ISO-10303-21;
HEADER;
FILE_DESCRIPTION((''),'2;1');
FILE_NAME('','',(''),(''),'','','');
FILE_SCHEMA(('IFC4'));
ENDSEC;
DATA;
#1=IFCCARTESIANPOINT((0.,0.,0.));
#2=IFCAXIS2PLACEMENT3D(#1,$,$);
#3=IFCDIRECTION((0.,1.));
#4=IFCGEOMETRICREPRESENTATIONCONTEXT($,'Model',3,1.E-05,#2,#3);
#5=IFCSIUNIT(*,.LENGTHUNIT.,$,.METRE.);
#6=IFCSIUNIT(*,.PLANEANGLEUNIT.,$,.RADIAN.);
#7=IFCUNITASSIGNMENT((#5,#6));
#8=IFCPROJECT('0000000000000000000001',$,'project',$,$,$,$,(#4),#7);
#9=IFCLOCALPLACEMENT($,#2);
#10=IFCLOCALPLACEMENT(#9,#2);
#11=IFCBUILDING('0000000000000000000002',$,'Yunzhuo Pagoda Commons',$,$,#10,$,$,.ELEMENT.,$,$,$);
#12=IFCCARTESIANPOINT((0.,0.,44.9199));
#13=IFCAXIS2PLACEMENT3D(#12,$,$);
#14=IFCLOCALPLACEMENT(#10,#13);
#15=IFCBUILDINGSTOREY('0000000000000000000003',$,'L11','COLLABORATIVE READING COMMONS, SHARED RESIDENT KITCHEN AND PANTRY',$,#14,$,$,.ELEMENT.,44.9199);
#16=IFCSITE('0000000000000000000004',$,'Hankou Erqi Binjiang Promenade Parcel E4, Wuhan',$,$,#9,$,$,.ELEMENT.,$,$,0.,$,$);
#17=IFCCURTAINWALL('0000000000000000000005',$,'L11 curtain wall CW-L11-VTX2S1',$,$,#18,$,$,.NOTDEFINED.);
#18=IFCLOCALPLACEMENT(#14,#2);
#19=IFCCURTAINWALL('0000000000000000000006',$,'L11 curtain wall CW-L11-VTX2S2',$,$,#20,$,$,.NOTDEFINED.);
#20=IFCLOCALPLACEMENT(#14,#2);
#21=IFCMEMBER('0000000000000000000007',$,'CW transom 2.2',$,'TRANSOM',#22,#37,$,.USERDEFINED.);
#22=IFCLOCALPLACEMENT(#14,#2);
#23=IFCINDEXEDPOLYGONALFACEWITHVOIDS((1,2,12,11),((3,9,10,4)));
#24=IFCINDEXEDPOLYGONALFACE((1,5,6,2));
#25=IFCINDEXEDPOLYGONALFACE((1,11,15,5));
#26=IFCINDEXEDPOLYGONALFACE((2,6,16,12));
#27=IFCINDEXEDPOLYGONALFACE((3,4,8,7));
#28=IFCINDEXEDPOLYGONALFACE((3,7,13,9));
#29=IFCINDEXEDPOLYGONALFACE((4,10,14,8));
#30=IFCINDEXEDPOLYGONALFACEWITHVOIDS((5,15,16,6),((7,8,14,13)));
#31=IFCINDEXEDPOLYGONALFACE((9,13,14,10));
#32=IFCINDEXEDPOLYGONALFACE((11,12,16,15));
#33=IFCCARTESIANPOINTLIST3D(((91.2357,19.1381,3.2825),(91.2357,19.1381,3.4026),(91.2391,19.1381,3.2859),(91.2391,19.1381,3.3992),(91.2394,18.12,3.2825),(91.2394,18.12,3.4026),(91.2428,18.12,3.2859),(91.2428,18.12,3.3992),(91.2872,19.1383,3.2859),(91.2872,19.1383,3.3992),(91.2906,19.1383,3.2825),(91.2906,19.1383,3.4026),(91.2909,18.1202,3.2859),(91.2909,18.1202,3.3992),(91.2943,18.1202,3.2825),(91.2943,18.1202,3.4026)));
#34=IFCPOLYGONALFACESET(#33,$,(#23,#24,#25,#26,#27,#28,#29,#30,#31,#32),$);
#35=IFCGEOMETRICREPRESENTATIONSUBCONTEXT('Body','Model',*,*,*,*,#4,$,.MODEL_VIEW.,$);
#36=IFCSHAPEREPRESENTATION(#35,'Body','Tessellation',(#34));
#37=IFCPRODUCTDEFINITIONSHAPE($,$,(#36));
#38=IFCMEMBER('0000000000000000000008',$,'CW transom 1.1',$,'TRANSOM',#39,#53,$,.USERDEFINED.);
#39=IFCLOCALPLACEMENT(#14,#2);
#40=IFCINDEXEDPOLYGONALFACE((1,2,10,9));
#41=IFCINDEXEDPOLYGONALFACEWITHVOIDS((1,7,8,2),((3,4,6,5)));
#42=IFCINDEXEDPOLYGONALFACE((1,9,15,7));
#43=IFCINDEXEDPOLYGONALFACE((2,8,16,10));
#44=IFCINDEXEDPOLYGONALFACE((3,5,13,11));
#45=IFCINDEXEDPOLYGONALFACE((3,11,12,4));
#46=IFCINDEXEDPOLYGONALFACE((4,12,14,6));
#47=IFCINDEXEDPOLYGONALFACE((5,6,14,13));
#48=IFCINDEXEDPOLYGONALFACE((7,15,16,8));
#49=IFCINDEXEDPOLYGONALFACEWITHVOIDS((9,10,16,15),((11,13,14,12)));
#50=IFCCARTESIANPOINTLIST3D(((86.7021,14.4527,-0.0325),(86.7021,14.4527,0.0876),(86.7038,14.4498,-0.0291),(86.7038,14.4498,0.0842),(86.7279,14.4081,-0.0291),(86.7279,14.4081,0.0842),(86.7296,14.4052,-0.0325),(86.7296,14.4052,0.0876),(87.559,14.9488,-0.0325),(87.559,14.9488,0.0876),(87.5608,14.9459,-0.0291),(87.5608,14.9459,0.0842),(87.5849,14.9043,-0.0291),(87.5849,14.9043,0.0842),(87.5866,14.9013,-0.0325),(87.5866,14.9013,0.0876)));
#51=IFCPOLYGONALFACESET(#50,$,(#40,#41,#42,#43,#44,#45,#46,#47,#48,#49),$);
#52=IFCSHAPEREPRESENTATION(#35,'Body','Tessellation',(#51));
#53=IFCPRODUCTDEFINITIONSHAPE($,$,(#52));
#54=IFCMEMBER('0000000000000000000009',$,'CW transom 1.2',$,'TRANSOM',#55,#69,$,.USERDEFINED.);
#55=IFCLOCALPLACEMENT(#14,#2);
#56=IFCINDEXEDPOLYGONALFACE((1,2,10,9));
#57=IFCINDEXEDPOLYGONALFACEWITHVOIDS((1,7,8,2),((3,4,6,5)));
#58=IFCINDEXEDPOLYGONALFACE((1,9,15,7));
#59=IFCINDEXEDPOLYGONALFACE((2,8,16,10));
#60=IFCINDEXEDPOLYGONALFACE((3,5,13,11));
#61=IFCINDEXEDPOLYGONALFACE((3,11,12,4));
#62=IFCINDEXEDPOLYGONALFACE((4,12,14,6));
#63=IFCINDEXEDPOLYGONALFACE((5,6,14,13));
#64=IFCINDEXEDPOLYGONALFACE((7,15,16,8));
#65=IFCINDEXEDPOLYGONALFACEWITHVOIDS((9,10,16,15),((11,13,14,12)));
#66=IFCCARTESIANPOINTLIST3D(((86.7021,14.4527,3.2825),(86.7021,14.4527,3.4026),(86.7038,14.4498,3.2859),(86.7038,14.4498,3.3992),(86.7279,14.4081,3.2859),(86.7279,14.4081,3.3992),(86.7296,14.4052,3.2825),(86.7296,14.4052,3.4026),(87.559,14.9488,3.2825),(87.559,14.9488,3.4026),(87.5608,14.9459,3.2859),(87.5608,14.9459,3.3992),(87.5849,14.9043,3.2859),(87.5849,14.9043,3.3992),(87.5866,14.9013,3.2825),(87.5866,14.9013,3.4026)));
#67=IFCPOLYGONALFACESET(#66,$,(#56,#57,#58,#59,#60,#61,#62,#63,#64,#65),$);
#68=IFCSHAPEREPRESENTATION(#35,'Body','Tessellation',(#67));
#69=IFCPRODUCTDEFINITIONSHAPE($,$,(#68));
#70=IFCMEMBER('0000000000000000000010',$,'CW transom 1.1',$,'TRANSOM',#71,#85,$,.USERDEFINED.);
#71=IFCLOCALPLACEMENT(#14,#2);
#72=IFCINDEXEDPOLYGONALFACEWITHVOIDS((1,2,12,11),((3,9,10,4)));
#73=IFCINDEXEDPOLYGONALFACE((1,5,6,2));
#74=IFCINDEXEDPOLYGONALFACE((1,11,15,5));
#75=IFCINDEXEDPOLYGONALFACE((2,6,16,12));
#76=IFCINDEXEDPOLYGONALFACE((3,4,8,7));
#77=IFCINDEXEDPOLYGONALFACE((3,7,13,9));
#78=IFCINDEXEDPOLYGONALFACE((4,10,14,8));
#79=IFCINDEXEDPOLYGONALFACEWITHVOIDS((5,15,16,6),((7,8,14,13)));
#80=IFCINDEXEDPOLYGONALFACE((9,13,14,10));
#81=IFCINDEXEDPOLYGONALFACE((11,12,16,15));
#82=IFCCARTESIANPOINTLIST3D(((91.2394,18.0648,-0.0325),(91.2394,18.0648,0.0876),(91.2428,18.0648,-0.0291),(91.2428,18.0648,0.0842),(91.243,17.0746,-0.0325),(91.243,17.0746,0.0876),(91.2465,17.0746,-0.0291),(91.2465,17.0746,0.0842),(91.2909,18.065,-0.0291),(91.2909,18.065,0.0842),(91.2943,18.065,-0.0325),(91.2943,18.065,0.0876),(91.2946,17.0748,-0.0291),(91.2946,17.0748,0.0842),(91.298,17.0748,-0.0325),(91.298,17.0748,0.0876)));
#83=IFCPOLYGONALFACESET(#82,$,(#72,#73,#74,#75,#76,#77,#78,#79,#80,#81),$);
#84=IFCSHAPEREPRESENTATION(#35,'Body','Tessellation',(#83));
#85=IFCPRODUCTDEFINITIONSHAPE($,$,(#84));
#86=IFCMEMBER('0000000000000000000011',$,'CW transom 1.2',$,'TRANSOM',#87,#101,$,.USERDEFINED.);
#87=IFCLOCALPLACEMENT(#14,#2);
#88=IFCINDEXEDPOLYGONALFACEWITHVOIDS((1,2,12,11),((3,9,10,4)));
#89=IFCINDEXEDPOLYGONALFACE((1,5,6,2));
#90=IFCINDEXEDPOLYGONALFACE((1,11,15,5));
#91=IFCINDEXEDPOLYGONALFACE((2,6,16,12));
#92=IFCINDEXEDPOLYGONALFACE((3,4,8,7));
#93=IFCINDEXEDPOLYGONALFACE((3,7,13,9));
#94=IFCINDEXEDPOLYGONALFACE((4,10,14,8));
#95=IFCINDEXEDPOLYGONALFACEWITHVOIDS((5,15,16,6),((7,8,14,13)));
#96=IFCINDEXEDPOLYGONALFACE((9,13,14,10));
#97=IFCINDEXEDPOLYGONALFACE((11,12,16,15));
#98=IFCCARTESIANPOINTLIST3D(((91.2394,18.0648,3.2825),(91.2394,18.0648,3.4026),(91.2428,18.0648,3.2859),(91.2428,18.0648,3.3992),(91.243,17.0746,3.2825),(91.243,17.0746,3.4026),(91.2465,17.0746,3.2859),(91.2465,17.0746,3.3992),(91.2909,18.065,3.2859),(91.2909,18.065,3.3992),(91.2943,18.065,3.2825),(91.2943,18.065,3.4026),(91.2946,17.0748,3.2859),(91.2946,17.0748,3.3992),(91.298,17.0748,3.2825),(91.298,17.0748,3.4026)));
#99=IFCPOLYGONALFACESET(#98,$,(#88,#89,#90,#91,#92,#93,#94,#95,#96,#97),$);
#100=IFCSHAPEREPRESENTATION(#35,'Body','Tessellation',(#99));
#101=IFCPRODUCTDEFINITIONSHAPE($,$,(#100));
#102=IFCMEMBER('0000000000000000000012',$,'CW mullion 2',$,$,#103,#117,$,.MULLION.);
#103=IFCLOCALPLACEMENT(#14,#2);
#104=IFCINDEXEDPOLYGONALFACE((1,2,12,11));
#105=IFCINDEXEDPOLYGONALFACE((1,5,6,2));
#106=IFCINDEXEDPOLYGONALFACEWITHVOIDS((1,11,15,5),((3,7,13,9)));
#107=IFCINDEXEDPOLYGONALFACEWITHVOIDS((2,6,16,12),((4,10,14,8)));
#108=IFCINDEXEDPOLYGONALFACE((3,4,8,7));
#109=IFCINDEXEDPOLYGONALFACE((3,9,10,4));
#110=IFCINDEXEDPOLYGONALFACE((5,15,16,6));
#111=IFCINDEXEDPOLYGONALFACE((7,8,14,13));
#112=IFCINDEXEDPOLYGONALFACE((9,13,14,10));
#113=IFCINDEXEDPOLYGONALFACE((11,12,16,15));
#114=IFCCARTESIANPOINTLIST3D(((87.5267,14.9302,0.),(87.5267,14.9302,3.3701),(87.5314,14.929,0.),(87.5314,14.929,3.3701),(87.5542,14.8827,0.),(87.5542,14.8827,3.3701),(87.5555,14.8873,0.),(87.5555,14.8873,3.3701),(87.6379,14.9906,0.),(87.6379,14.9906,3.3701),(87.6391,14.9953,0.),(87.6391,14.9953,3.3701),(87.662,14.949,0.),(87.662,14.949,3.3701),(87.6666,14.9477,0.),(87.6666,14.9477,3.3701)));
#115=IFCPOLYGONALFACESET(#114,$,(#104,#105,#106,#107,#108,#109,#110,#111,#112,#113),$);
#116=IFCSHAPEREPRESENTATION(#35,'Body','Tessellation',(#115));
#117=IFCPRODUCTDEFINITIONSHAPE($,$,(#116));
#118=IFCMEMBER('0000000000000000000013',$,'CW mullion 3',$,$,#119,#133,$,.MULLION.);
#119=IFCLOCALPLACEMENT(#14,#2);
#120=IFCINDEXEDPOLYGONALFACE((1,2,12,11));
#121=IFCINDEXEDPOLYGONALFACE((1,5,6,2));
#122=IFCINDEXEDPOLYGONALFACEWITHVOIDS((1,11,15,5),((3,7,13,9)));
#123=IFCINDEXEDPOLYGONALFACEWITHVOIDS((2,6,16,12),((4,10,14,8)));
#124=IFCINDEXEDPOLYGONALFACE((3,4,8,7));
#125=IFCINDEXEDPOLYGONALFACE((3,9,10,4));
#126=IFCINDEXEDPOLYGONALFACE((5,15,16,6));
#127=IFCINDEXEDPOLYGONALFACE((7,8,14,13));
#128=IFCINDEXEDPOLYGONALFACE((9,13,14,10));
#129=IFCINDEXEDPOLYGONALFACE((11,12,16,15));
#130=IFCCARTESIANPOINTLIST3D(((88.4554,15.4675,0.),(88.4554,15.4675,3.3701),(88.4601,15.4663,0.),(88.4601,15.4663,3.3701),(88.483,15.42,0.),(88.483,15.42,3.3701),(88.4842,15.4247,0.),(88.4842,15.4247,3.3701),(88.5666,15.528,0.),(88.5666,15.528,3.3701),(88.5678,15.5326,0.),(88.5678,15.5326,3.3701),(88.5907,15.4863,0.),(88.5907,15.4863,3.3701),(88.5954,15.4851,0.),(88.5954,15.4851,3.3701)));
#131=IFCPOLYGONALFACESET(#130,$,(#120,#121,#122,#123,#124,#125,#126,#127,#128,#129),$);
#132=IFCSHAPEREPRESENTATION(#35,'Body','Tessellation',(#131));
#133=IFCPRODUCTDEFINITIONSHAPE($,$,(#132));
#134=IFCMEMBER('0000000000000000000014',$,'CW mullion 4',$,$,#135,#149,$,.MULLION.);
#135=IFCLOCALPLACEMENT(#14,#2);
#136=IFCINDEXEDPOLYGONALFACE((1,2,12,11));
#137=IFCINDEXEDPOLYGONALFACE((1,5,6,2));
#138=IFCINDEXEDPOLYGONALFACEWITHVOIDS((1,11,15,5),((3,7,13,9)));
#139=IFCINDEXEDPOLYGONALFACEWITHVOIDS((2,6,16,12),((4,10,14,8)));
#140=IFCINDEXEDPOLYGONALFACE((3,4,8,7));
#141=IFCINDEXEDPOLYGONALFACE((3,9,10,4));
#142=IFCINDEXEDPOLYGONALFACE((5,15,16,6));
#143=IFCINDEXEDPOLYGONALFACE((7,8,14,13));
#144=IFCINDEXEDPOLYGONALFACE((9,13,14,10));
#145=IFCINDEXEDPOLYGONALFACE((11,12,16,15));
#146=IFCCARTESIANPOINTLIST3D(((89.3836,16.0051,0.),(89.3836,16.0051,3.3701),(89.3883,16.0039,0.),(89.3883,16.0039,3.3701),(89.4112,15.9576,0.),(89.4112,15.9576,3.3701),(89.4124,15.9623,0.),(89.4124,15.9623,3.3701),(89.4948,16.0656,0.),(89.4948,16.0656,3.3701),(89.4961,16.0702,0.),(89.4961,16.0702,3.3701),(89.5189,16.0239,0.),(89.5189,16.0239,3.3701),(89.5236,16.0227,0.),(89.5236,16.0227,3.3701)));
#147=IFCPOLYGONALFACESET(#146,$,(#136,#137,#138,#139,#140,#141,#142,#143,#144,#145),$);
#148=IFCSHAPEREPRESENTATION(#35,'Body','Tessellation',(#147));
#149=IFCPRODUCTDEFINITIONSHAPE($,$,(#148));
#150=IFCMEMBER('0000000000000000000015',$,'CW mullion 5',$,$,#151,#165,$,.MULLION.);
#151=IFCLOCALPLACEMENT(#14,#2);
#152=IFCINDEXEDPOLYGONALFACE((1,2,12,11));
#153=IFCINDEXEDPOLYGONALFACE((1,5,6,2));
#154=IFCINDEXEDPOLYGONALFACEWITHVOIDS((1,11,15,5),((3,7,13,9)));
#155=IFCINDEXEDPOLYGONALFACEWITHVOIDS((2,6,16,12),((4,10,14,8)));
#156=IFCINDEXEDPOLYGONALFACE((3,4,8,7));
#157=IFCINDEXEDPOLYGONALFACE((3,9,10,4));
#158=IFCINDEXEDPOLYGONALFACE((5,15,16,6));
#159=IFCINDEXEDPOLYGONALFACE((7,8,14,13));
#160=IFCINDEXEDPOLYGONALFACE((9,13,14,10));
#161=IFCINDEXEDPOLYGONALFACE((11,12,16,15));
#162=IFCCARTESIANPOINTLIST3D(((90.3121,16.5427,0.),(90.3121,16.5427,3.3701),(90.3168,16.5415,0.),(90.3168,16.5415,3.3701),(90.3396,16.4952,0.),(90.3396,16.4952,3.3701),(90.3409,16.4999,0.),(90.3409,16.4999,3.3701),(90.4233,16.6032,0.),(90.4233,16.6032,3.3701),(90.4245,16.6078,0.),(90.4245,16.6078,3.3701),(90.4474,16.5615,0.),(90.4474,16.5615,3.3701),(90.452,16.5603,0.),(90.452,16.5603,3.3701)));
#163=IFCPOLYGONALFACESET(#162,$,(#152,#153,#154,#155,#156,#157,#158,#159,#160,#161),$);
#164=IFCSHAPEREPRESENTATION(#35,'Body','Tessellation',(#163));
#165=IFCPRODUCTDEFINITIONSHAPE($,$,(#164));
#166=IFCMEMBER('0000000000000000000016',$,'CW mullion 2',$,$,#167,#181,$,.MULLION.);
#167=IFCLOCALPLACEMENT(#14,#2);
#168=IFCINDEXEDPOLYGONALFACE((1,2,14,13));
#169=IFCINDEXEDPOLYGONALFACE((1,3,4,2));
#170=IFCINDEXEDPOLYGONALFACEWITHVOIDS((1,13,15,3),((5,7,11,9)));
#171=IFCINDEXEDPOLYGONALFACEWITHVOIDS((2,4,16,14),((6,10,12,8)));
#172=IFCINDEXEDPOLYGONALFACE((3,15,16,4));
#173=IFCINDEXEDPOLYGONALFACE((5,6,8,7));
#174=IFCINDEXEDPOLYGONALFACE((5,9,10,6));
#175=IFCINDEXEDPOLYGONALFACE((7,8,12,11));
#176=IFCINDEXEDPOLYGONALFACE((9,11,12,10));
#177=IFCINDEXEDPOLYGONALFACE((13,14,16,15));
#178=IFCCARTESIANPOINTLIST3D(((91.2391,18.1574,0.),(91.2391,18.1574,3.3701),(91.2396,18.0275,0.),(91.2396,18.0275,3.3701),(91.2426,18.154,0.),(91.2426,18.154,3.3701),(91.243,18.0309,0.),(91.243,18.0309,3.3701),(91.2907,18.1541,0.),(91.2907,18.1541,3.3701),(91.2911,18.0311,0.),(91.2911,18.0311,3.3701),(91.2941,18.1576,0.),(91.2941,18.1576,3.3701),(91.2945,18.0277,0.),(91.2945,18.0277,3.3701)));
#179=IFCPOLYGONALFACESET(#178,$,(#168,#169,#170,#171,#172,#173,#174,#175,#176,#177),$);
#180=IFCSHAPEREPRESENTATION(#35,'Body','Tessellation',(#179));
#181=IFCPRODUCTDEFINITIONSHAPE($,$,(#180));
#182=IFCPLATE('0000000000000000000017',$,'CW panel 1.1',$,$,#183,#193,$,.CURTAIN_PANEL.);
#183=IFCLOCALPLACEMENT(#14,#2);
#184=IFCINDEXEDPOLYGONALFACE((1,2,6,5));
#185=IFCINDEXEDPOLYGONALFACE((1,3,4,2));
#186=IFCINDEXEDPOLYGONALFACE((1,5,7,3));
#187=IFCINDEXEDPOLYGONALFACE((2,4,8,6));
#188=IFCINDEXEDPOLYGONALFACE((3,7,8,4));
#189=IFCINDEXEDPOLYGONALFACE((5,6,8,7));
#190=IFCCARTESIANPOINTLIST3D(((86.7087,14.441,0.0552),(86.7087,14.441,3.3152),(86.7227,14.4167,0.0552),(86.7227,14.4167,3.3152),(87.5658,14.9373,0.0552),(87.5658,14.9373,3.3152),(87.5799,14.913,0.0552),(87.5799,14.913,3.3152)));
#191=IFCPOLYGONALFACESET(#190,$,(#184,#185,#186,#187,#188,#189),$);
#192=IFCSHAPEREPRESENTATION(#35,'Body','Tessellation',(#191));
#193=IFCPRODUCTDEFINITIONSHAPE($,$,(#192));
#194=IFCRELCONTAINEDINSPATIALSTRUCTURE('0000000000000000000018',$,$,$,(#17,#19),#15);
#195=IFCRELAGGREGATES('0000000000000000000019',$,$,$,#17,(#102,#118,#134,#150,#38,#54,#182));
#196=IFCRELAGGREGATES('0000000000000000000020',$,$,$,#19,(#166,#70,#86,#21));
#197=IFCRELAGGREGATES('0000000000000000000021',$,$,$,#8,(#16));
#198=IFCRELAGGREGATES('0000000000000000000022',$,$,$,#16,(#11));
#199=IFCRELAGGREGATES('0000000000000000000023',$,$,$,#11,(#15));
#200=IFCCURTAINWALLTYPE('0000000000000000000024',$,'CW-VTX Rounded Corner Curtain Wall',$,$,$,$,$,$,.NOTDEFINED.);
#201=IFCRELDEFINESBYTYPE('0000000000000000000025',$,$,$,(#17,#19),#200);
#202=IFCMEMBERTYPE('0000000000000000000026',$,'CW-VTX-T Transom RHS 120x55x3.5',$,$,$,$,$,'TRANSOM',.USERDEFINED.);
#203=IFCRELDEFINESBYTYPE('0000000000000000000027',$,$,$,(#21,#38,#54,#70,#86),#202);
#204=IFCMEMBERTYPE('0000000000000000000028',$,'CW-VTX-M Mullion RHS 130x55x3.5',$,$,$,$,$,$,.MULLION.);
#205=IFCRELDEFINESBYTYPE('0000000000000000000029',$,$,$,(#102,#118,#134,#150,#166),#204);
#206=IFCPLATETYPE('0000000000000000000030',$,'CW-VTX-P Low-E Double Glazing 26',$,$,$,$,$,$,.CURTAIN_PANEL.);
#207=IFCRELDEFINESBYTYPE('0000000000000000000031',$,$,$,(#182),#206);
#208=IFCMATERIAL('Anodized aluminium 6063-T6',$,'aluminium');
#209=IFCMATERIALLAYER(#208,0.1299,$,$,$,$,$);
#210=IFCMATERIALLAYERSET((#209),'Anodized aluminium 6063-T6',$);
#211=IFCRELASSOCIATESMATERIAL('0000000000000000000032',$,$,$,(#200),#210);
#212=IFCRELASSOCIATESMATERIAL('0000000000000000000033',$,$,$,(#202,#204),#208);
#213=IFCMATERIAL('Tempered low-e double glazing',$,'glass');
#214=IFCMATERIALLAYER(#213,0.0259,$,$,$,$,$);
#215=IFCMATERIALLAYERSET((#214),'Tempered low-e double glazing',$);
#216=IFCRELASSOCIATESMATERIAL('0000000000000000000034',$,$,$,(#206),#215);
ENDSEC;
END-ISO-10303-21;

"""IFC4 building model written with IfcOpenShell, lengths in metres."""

from ifc_helpers import new_model, si_unit, direction, frame, origin, origin_2d, place, context, subcontext, project, spatial, rectangle, hollow_rectangle, extrude, source, transform, mapped, material, layer, layer_set, material_profile, profile_set, type_object, element, aggregate, save


model = new_model("IFC4")

# Units and contexts
model_context = context("Model", 3, precision=1e-05, world=origin(), true_north=direction((0.0, 1.0)))
body_context = subcontext(model_context, "Body", "Model", "MODEL_VIEW")
ifc_project = project(units=[si_unit("LENGTHUNIT", "METRE"), si_unit("PLANEANGLEUNIT", "RADIAN")], contexts=[model_context])

# Site, building, storey
site_placement = place(None, origin())
site = spatial("IfcSite", under=ifc_project, at=site_placement, Name="Hankou Erqi Binjiang Promenade Parcel E4, Wuhan", CompositionType="ELEMENT", RefElevation=0.0)
building_placement = place(site_placement, origin())
building = spatial("IfcBuilding", under=site, at=building_placement, Name="Yunzhuo Pagoda Commons", CompositionType="ELEMENT")
storey_placement = place(building_placement, frame((0.0, 0.0, 44.9199)))
storey = spatial("IfcBuildingStorey", under=building, at=storey_placement, Name="L11", Description="COLLABORATIVE READING COMMONS, SHARED RESIDENT KITCHEN AND PANTRY", CompositionType="ELEMENT", Elevation=44.9199)

# Shared definitions
ifc_material_1 = material(Name="Anodized aluminium 6063-T6", Category="aluminium")

# Curtain walls, member
ifc_layer_1 = layer(ifc_material_1, 0.1299)
ifc_layer_set_1 = layer_set([ifc_layer_1], Name="Anodized aluminium 6063-T6")
curtain_wall_type_1 = type_object("IfcCurtainWallType", Name="CW-VTX Rounded Corner Curtain Wall", PredefinedType="NOTDEFINED", material=ifc_layer_set_1)
curtain_wall_1_placement = place(storey_placement, origin())
curtain_wall_1 = element("IfcCurtainWall", 1, at=curtain_wall_1_placement, inside=storey, type_object=curtain_wall_type_1, Name="L11 curtain wall CW-L11-VTX2S1", PredefinedType="NOTDEFINED")
ifc_material_profile_1 = material_profile(ifc_material_1, hollow_rectangle(XDim=0.0549, YDim=0.1201, WallThickness=0.0034, at=origin_2d()), Name="Anodized aluminium 6063-T6")
ifc_profile_set_1 = profile_set([ifc_material_profile_1], Name="Anodized aluminium 6063-T6")
member_type_1 = type_object("IfcMemberType", Name="CW-VTX-T Transom RHS 120x55x3.5", ElementType="TRANSOM", PredefinedType="USERDEFINED", material=ifc_profile_set_1)
shared_shape_1 = source(origin(), body_context, "Body", "SweptSolid", [
    extrude(hollow_rectangle(XDim=0.0549, YDim=0.1201, WallThickness=0.0034, at=origin_2d()), origin(), (0.0, 0.0, 1.0), 1.0181),
])
curtain_wall_2_placement = place(storey_placement, origin())
curtain_wall_2 = element("IfcCurtainWall", 2, at=curtain_wall_2_placement, inside=storey, type_object=curtain_wall_type_1, Name="L11 curtain wall CW-L11-VTX2S2", PredefinedType="NOTDEFINED")
member_1_placement = place(storey_placement, frame((91.2668, 18.1201, 3.3425), z_axis=(-0.003597, 0.999994, 0.0), x_axis=(-0.999994, -0.003597, 0.0)))
member_1 = element("IfcMember", 3, at=member_1_placement, type_object=member_type_1, Name="CW transom 2.2", ObjectType="TRANSOM", PredefinedType="USERDEFINED", context=body_context, shape_type="MappedRepresentation", body=[
    mapped(shared_shape_1, transform((0.0, 0.0, 0.0), scale=1.0)),
])

# Members
shared_shape_2 = source(origin(), body_context, "Body", "SweptSolid", [
    extrude(hollow_rectangle(XDim=0.0549, YDim=0.1201, WallThickness=0.0034, at=origin_2d()), origin(), (0.0, 0.0, 1.0), 0.9902),
])
member_2_placement = place(storey_placement, frame((86.7158, 14.429, 0.0276), z_axis=(0.865438, 0.501017, 0.0), x_axis=(-0.501017, 0.865438, 0.0)))
member_2 = element("IfcMember", 4, at=member_2_placement, type_object=member_type_1, Name="CW transom 1.1", ObjectType="TRANSOM", PredefinedType="USERDEFINED", context=body_context, shape_type="MappedRepresentation", body=[
    mapped(shared_shape_2, transform((0.0, 0.0, 0.0), scale=1.0)),
])
member_3_placement = place(storey_placement, frame((86.7158, 14.429, 3.3425), z_axis=(0.865438, 0.501017, 0.0), x_axis=(-0.501017, 0.865438, 0.0)))
member_3 = element("IfcMember", 5, at=member_3_placement, type_object=member_type_1, Name="CW transom 1.2", ObjectType="TRANSOM", PredefinedType="USERDEFINED", context=body_context, shape_type="MappedRepresentation", body=[
    mapped(shared_shape_2, transform((0.0, 0.0, 0.0), scale=1.0)),
])
member_4_placement = place(storey_placement, frame((91.2705, 17.0747, 0.0276), z_axis=(-0.003698, 0.999993, 0.0), x_axis=(-0.999993, -0.003698, 0.0)))
member_4 = element("IfcMember", 6, at=member_4_placement, type_object=member_type_1, Name="CW transom 1.1", ObjectType="TRANSOM", PredefinedType="USERDEFINED", context=body_context, shape_type="MappedRepresentation", body=[
    mapped(shared_shape_2, transform((0.0, 0.0, 0.0), scale=1.0)),
])
member_5_placement = place(storey_placement, frame((91.2705, 17.0747, 3.3425), z_axis=(-0.003698, 0.999993, 0.0), x_axis=(-0.999993, -0.003698, 0.0)))
member_5 = element("IfcMember", 7, at=member_5_placement, type_object=member_type_1, Name="CW transom 1.2", ObjectType="TRANSOM", PredefinedType="USERDEFINED", context=body_context, shape_type="MappedRepresentation", body=[
    mapped(shared_shape_2, transform((0.0, 0.0, 0.0), scale=1.0)),
])
ifc_material_profile_2 = material_profile(ifc_material_1, hollow_rectangle(XDim=0.0549, YDim=0.1299, WallThickness=0.0034, at=origin_2d()), Name="Anodized aluminium 6063-T6")
ifc_profile_set_2 = profile_set([ifc_material_profile_2], Name="Anodized aluminium 6063-T6")
member_type_2 = type_object("IfcMemberType", Name="CW-VTX-M Mullion RHS 130x55x3.5", PredefinedType="MULLION", material=ifc_profile_set_2)
shared_shape_3 = source(origin(), body_context, "Body", "SweptSolid", [
    extrude(hollow_rectangle(XDim=0.0549, YDim=0.1299, WallThickness=0.0034, at=origin_2d()), origin(), (0.0, 0.0, 1.0), 3.3701),
])
member_6_placement = place(storey_placement, frame((87.5967, 14.939, 0.0), z_axis=(0.0, 0.0, 1.0), x_axis=(-0.501041, 0.865423, 0.0)))
member_6 = element("IfcMember", 8, at=member_6_placement, type_object=member_type_2, Name="CW mullion 2", PredefinedType="MULLION", context=body_context, shape_type="MappedRepresentation", body=[
    mapped(shared_shape_3, transform((0.0, 0.0, 0.0), scale=1.0)),
])
member_7_placement = place(storey_placement, frame((88.5254, 15.4763, 0.0), z_axis=(0.0, 0.0, 1.0), x_axis=(-0.501041, 0.865423, 0.0)))
member_7 = element("IfcMember", 9, at=member_7_placement, type_object=member_type_2, Name="CW mullion 3", PredefinedType="MULLION", context=body_context, shape_type="MappedRepresentation", body=[
    mapped(shared_shape_3, transform((0.0, 0.0, 0.0), scale=1.0)),
])
member_8_placement = place(storey_placement, frame((89.4536, 16.0139, 0.0), z_axis=(0.0, 0.0, 1.0), x_axis=(-0.501041, 0.865423, 0.0)))
member_8 = element("IfcMember", 10, at=member_8_placement, type_object=member_type_2, Name="CW mullion 4", PredefinedType="MULLION", context=body_context, shape_type="MappedRepresentation", body=[
    mapped(shared_shape_3, transform((0.0, 0.0, 0.0), scale=1.0)),
])
member_9_placement = place(storey_placement, frame((90.3821, 16.5515, 0.0), z_axis=(0.0, 0.0, 1.0), x_axis=(-0.501041, 0.865423, 0.0)))
member_9 = element("IfcMember", 11, at=member_9_placement, type_object=member_type_2, Name="CW mullion 5", PredefinedType="MULLION", context=body_context, shape_type="MappedRepresentation", body=[
    mapped(shared_shape_3, transform((0.0, 0.0, 0.0), scale=1.0)),
])
member_10_placement = place(storey_placement, frame((91.2668, 18.0925, 0.0), z_axis=(0.0, 0.0, 1.0), x_axis=(-0.999994, -0.003579, 0.0)))
member_10 = element("IfcMember", 12, at=member_10_placement, type_object=member_type_2, Name="CW mullion 2", PredefinedType="MULLION", context=body_context, shape_type="MappedRepresentation", body=[
    mapped(shared_shape_3, transform((0.0, 0.0, 0.0), scale=1.0)),
])

# Plate
ifc_material_2 = material(Name="Tempered low-e double glazing", Category="glass")
ifc_layer_2 = layer(ifc_material_2, 0.0259)
ifc_layer_set_2 = layer_set([ifc_layer_2], Name="Tempered low-e double glazing")
plate_type = type_object("IfcPlateType", Name="CW-VTX-P Low-E Double Glazing 26", PredefinedType="CURTAIN_PANEL", material=ifc_layer_set_2)
shared_shape_4 = source(origin(), body_context, "Body", "SweptSolid", [
    extrude(rectangle(XDim=0.9905, YDim=0.0281, at=origin_2d()), origin(), (0.0, 0.0, 1.0), 3.26),
])
plate_1_placement = place(storey_placement, frame((87.1443, 14.677, 0.0552), z_axis=(0.0, 0.0, 1.0), x_axis=(0.865423, 0.501041, 0.0)))
plate_1 = element("IfcPlate", 13, at=plate_1_placement, type_object=plate_type, Name="CW panel 1.1", PredefinedType="CURTAIN_PANEL", context=body_context, shape_type="MappedRepresentation", body=[
    mapped(shared_shape_4, transform((0.0, 0.0, 0.0), scale=1.0)),
])
aggregate(curtain_wall_1, [member_6, member_7, member_8, member_9, member_2, member_3, plate_1])
aggregate(curtain_wall_2, [member_10, member_4, member_5, member_1])

save(model, "model.ifc")
